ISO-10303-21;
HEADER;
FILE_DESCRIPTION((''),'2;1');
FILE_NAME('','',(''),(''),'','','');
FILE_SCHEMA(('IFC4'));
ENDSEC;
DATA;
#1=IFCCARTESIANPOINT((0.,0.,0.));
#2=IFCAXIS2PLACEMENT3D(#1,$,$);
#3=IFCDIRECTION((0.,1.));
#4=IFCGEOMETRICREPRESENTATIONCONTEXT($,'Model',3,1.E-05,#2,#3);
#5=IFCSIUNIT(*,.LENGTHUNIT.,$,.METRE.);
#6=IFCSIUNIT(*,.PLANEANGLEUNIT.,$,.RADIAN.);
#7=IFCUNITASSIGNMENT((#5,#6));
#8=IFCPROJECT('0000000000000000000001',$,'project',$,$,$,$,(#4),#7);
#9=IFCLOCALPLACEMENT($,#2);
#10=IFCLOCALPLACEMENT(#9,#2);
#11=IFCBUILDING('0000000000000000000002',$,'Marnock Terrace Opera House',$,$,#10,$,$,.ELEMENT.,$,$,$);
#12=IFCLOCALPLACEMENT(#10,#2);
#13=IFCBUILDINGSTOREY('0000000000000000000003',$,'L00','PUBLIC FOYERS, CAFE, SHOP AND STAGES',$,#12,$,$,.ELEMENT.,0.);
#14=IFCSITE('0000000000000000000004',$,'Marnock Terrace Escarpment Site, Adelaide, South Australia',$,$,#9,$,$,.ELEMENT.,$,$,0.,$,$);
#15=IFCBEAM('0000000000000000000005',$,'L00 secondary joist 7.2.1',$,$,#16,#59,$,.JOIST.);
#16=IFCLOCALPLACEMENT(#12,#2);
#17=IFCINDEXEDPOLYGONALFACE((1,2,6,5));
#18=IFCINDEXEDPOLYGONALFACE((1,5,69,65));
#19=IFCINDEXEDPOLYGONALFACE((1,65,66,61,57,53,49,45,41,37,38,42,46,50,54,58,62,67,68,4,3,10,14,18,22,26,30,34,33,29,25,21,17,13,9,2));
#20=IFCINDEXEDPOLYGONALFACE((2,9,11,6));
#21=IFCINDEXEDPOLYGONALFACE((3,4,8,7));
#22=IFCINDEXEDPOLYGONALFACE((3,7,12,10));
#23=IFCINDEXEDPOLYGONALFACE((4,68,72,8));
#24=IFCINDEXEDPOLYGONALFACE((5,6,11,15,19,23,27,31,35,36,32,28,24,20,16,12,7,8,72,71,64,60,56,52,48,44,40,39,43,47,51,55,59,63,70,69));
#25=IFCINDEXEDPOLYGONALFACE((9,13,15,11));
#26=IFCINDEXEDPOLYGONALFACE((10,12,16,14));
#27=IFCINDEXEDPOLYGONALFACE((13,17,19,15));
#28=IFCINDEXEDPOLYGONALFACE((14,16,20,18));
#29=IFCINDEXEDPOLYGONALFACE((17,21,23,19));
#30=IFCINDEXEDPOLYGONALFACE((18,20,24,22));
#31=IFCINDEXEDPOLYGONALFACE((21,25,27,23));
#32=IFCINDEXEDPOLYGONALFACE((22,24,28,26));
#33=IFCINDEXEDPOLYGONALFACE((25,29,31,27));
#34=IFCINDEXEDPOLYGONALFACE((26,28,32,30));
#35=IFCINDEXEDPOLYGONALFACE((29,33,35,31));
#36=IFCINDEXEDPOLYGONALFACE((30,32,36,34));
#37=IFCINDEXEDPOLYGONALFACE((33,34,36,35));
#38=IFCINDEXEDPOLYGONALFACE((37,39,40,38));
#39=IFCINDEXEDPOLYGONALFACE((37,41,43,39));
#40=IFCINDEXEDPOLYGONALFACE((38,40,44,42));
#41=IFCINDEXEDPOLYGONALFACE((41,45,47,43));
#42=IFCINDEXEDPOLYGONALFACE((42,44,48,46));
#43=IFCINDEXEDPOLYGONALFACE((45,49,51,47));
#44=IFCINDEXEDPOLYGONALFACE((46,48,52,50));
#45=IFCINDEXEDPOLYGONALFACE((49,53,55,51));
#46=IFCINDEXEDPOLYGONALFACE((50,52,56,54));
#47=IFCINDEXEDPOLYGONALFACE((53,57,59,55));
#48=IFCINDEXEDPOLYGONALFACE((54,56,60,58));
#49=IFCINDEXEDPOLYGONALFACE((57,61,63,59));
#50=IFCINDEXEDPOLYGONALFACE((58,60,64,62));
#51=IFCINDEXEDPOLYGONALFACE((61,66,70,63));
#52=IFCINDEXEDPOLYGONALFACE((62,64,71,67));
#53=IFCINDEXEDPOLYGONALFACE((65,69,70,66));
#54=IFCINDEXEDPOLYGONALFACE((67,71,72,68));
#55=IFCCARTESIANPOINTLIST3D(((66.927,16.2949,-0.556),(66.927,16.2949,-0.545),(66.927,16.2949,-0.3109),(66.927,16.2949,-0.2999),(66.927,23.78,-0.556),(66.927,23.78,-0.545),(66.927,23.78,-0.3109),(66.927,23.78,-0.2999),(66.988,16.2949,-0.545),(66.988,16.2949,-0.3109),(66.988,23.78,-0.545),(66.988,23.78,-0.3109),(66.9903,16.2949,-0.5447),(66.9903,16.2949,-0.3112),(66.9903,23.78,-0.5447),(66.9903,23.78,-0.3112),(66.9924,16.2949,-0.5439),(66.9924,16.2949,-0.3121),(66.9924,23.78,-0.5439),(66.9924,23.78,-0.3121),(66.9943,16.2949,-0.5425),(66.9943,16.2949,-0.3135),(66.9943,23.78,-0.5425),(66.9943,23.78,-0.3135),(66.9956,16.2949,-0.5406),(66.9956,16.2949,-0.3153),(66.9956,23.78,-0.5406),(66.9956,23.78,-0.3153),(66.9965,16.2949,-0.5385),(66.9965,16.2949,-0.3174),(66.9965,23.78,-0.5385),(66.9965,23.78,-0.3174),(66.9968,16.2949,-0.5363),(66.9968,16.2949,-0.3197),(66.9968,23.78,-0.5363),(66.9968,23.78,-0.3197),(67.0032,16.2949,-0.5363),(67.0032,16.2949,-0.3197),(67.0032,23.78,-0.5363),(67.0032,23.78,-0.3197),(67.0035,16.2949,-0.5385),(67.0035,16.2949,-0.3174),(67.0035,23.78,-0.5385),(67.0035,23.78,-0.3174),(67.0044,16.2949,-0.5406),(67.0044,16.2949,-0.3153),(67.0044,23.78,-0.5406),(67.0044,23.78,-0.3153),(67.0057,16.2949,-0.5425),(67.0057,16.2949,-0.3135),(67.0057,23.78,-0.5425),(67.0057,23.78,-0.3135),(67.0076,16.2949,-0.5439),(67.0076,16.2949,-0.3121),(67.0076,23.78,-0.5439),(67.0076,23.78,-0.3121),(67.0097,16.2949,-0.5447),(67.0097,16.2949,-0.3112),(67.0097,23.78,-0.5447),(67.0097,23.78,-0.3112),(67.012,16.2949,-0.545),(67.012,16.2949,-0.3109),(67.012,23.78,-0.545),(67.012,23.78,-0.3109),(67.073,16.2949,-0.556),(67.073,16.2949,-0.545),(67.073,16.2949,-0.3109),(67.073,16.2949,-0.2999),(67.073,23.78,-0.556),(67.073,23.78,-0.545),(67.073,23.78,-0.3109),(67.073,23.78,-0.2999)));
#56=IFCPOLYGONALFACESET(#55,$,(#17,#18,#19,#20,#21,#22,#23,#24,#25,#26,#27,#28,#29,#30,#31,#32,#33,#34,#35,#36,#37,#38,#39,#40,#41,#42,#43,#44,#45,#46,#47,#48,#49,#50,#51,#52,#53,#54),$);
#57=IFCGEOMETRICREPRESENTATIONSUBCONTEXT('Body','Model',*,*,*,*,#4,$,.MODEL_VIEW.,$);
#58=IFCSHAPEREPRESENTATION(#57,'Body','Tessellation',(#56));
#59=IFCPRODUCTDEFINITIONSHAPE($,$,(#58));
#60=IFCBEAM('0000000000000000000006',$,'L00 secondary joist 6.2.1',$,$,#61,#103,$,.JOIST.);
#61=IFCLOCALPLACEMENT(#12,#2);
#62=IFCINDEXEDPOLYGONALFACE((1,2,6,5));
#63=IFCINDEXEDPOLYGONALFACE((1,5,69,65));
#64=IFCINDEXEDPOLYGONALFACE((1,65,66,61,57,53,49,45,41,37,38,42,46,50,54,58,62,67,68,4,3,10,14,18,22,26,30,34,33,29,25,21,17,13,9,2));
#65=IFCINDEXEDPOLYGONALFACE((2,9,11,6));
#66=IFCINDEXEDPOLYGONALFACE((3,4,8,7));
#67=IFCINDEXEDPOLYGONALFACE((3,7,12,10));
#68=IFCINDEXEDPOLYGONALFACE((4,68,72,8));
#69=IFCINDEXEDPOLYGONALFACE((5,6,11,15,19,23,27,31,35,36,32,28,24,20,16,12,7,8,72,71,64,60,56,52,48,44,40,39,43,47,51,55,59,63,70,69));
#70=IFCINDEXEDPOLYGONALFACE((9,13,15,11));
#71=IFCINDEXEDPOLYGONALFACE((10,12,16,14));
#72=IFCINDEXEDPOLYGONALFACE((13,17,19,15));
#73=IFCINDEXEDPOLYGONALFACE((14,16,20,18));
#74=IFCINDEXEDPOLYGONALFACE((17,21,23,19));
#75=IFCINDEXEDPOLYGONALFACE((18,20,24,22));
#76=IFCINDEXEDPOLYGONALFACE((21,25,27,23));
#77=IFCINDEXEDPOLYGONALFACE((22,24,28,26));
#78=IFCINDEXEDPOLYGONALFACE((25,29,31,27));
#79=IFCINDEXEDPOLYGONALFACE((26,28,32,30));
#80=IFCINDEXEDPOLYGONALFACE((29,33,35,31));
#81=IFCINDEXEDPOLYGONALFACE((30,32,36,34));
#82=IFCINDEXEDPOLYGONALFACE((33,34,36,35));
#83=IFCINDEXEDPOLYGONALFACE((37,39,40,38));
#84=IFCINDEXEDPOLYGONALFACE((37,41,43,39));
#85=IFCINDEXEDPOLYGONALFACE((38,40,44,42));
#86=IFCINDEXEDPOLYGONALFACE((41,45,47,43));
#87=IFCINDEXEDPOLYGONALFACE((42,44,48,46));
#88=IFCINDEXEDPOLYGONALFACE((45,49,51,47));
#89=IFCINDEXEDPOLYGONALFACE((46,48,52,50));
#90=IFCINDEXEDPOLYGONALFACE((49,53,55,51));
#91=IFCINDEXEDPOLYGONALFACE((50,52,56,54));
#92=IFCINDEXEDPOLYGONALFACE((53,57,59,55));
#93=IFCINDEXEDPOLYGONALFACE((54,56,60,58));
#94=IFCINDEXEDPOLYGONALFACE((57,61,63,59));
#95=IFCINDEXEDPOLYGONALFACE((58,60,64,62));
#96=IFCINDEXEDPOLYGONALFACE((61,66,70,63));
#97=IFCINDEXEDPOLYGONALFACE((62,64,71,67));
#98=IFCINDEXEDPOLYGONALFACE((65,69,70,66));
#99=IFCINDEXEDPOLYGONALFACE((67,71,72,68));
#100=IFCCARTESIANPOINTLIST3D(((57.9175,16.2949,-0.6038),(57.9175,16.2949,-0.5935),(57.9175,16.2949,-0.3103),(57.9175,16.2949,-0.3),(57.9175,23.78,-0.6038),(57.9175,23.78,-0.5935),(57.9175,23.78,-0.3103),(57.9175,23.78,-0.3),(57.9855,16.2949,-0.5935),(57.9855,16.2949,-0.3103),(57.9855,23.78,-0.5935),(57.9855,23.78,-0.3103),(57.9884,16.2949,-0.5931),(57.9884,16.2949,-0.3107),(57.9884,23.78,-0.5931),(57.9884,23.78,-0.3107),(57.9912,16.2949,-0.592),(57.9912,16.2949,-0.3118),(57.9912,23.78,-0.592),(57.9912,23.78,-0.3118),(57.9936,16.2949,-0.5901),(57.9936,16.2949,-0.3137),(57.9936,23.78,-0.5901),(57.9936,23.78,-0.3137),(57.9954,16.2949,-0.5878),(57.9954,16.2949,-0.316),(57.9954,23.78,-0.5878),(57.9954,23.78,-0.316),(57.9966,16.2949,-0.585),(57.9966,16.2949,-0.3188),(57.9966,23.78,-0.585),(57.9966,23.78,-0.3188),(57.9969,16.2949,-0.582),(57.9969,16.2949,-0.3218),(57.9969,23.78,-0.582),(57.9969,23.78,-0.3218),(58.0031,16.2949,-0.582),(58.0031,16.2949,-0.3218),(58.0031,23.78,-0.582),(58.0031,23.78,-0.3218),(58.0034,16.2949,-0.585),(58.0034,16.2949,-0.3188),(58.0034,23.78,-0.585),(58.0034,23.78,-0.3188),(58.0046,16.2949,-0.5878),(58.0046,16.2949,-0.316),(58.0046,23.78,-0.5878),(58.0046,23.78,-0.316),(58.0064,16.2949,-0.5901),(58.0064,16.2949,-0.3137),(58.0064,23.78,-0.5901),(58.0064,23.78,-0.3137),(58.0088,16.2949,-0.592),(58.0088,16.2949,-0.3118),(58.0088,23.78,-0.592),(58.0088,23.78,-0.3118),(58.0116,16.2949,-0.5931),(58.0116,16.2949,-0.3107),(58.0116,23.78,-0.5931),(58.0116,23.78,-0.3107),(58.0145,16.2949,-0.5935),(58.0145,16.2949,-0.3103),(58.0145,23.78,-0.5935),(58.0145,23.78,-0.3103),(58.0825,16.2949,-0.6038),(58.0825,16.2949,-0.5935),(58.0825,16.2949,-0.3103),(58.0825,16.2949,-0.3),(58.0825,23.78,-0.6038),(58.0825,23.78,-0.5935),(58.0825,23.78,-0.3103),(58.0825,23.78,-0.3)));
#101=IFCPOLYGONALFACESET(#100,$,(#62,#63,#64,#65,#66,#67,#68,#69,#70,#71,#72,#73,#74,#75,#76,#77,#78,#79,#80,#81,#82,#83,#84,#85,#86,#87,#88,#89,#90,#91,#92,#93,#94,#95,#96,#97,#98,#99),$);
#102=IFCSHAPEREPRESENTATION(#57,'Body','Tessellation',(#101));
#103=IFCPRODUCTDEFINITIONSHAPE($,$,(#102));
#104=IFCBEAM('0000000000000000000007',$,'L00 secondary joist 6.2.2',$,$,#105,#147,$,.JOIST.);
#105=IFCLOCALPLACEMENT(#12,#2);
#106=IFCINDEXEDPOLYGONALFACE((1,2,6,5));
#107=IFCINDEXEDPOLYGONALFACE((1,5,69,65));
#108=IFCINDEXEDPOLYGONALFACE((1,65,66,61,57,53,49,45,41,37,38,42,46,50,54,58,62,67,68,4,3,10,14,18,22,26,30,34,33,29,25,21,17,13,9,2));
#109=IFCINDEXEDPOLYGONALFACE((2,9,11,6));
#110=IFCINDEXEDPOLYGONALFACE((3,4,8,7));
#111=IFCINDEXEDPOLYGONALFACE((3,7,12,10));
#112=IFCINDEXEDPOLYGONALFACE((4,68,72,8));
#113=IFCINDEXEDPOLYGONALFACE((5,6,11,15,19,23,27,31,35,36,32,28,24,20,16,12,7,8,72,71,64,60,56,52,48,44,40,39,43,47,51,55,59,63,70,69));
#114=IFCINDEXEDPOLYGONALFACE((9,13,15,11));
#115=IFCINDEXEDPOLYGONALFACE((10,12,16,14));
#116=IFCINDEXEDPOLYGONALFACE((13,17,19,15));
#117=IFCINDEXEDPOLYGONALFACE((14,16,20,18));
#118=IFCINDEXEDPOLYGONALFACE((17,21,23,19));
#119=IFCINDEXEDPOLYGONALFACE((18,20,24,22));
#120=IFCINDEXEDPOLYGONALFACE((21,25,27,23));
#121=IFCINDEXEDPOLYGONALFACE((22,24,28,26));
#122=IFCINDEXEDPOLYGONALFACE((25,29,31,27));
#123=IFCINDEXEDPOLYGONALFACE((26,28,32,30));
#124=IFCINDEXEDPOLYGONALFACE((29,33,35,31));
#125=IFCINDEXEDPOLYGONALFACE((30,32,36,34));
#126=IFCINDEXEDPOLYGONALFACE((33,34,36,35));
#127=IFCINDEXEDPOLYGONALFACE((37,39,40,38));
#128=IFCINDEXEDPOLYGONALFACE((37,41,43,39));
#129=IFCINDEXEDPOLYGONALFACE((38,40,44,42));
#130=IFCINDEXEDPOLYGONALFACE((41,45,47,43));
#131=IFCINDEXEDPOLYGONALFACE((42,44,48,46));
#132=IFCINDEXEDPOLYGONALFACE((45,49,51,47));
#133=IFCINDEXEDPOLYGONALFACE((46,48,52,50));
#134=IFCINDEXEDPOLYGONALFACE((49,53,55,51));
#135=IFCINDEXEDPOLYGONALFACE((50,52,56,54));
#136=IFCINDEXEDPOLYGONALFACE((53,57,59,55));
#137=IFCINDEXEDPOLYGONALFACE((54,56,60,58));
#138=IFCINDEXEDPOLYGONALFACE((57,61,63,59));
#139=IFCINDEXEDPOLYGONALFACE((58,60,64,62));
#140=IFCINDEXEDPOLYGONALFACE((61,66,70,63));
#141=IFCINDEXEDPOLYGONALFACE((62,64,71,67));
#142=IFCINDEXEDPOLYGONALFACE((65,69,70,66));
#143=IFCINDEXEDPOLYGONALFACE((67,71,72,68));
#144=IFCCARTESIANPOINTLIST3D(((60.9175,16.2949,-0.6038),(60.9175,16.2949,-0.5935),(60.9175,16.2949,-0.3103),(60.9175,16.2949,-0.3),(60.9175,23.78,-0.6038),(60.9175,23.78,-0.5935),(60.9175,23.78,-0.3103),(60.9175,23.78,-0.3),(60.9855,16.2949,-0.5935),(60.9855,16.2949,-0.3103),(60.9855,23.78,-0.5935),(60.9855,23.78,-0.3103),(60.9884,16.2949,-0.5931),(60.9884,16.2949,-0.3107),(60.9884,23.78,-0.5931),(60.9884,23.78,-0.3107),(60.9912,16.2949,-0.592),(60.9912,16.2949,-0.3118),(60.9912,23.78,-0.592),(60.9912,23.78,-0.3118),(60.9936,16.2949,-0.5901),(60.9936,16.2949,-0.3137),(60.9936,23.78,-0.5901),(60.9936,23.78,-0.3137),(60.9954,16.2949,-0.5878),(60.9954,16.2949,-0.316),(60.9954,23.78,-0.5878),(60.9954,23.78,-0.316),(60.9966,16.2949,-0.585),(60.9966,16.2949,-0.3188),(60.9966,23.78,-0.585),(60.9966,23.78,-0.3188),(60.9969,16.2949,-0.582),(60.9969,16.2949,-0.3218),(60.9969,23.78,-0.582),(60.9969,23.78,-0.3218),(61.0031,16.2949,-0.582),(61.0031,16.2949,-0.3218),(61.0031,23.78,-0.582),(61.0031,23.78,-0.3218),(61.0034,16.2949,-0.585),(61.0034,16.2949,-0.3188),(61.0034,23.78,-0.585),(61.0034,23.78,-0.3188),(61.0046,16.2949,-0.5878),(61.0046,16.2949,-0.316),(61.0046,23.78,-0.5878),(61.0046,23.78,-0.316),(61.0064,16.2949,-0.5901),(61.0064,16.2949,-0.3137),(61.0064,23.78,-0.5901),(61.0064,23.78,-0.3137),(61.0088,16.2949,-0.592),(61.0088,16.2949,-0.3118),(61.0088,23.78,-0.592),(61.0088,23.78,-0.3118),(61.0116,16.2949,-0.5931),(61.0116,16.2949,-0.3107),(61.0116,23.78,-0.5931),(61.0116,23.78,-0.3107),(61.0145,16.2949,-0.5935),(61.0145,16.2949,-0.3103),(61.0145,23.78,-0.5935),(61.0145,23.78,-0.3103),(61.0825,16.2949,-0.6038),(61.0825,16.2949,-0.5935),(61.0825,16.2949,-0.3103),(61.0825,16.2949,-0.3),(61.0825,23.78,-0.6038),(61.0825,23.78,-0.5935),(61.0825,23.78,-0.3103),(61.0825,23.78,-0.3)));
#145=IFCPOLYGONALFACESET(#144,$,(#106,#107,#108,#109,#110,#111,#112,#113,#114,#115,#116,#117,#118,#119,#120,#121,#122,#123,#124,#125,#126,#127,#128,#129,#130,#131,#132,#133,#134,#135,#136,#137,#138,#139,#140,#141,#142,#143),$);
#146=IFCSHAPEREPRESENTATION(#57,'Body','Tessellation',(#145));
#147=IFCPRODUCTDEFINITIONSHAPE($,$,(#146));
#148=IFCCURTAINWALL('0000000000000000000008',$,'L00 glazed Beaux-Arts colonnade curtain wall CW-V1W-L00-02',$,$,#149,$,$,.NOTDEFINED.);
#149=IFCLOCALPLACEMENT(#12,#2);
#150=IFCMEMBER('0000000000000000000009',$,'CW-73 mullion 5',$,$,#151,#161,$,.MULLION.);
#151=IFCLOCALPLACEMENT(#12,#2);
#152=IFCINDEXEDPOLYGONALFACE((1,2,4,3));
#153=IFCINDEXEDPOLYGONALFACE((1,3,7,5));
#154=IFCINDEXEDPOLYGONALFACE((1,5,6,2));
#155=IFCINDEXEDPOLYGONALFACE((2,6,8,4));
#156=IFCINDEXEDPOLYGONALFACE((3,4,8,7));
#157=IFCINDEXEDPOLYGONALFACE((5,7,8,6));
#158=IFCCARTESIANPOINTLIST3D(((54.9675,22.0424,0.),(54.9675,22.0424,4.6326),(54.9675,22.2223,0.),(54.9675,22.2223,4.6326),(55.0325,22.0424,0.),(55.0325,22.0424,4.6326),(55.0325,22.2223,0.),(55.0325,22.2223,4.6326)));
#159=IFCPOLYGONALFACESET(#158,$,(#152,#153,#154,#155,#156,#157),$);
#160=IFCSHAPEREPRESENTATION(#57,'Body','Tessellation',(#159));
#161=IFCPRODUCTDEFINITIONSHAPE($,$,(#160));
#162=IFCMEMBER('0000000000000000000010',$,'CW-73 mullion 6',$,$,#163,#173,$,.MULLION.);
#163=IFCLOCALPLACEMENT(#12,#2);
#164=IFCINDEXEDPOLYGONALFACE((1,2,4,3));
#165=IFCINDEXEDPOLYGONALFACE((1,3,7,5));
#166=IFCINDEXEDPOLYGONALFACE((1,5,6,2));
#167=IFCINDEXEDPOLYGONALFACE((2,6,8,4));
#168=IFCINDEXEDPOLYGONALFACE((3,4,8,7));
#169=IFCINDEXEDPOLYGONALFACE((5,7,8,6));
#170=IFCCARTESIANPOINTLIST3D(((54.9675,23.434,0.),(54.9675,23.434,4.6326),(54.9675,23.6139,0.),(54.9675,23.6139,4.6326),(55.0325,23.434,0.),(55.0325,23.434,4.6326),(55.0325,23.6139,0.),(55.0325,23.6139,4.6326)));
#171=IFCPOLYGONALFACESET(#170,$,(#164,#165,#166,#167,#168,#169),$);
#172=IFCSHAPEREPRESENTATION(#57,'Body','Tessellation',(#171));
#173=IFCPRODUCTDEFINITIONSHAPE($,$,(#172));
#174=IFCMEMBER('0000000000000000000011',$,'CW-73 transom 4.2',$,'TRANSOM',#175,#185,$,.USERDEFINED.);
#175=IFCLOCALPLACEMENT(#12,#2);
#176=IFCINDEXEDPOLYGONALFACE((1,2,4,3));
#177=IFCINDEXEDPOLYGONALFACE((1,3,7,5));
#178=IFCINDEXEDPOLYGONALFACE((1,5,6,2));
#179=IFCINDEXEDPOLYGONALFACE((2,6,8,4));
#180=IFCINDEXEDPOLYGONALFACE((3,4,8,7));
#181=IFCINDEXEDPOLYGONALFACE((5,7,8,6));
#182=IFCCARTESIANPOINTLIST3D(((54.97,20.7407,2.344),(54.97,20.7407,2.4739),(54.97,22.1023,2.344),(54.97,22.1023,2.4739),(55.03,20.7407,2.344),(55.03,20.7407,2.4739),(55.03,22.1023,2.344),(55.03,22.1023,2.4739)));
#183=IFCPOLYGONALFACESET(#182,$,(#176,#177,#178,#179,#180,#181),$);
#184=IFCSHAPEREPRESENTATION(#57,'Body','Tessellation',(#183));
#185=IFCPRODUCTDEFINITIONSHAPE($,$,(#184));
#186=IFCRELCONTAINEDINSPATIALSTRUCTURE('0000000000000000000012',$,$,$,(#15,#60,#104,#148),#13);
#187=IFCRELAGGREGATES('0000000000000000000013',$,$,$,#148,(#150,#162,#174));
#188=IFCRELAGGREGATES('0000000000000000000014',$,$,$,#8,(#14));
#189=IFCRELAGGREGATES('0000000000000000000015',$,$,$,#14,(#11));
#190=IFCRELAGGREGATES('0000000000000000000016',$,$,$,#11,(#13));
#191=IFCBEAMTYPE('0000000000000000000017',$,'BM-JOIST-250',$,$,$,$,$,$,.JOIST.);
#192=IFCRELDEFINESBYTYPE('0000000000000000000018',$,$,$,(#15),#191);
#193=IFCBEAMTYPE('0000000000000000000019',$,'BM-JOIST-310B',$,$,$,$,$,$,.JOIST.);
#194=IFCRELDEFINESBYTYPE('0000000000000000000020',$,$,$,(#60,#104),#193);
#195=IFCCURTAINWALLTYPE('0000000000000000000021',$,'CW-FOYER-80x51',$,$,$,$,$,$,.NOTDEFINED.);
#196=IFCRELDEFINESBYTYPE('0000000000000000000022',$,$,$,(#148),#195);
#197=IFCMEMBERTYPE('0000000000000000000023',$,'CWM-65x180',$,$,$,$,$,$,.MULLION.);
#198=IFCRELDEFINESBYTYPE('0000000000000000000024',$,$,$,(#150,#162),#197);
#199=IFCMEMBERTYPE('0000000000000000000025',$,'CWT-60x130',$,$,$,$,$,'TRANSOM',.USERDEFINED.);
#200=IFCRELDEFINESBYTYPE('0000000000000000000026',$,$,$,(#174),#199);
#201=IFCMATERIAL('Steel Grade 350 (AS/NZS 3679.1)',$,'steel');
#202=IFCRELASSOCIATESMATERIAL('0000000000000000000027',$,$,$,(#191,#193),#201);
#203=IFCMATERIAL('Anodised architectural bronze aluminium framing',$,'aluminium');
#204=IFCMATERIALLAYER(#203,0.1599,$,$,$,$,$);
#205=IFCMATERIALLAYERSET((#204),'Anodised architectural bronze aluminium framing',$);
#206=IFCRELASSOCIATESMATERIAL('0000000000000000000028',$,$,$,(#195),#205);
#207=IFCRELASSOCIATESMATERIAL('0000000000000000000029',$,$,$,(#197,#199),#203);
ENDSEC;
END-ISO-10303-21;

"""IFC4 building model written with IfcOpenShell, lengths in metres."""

from ifc_helpers import new_model, si_unit, direction, frame, origin, origin_2d, place, context, subcontext, project, spatial, rectangle, i_section, extrude, material, layer, layer_set, material_profile, profile_set, type_object, element, aggregate, save


model = new_model("IFC4")

# Units and contexts
model_context = context("Model", 3, precision=1e-05, world=origin(), true_north=direction((0.0, 1.0)))
body_context = subcontext(model_context, "Body", "Model", "MODEL_VIEW")
ifc_project = project(units=[si_unit("LENGTHUNIT", "METRE"), si_unit("PLANEANGLEUNIT", "RADIAN")], contexts=[model_context])

# Site, building, storey
site_placement = place(None, origin())
site = spatial("IfcSite", under=ifc_project, at=site_placement, Name="Marnock Terrace Escarpment Site, Adelaide, South Australia", CompositionType="ELEMENT", RefElevation=0.0)
building_placement = place(site_placement, origin())
building = spatial("IfcBuilding", under=site, at=building_placement, Name="Marnock Terrace Opera House", CompositionType="ELEMENT")
storey_placement = place(building_placement, origin())
storey = spatial("IfcBuildingStorey", under=building, at=storey_placement, Name="L00", Description="PUBLIC FOYERS, CAFE, SHOP AND STAGES", CompositionType="ELEMENT", Elevation=0.0)

# Shared definitions
ifc_material_1 = material(Name="Steel Grade 350 (AS/NZS 3679.1)", Category="steel")

# Beams
ifc_material_profile_1 = material_profile(ifc_material_1, i_section(OverallWidth=0.146, OverallDepth=0.2561, WebThickness=0.0063, FlangeThickness=0.011, FilletRadius=0.0088, at=origin_2d()))
ifc_profile_set_1 = profile_set([ifc_material_profile_1], Name="Steel Grade 350 (AS/NZS 3679.1)")
beam_type_1 = type_object("IfcBeamType", Name="BM-JOIST-250", PredefinedType="JOIST", material=ifc_profile_set_1)
beam_1_placement = place(storey_placement, frame((67.0, 16.2949, -0.428), z_axis=(0.0, 1.0, 0.0), x_axis=(-1.0, 0.0, 0.0)))
element("IfcBeam", 1, at=beam_1_placement, inside=storey, type_object=beam_type_1, Name="L00 secondary joist 7.2.1", PredefinedType="JOIST", context=body_context, shape_type="SweptSolid", body=[
    extrude(i_section(OverallWidth=0.146, OverallDepth=0.2561, WebThickness=0.0063, FlangeThickness=0.011, FilletRadius=0.0088, at=origin_2d()), origin(), (0.0, 0.0, 1.0), 7.4851),
])
ifc_material_profile_2 = material_profile(ifc_material_1, i_section(OverallWidth=0.165, OverallDepth=0.3037, WebThickness=0.0061, FlangeThickness=0.0103, FilletRadius=0.0115, at=origin_2d()))
ifc_profile_set_2 = profile_set([ifc_material_profile_2], Name="Steel Grade 350 (AS/NZS 3679.1)")
beam_type_2 = type_object("IfcBeamType", Name="BM-JOIST-310B", PredefinedType="JOIST", material=ifc_profile_set_2)
for number, where, z_axis, x_axis, name in (
    (2, (58.0, 16.2949, -0.4519), (0.0, 1.0, 0.0), (-1.0, 0.0, 0.0), "L00 secondary joist 6.2.1"),
    (3, (61.0, 16.2949, -0.4519), (0.0, 1.0, 0.0), (-1.0, 0.0, 0.0), "L00 secondary joist 6.2.2"),
):
    element("IfcBeam", number, at=place(storey_placement, frame(where, z_axis=z_axis, x_axis=x_axis)), inside=storey, type_object=beam_type_2, Name=name, PredefinedType="JOIST", context=body_context, shape_type="SweptSolid", body=[
        extrude(i_section(OverallWidth=0.165, OverallDepth=0.3037, WebThickness=0.0061, FlangeThickness=0.0103, FilletRadius=0.0115, at=origin_2d()), origin(), (0.0, 0.0, 1.0), 7.4851),
    ])

# Curtain wall, members
ifc_material_2 = material(Name="Anodised architectural bronze aluminium framing", Category="aluminium")
ifc_layer_1 = layer(ifc_material_2, 0.1599)
ifc_layer_set_1 = layer_set([ifc_layer_1], Name="Anodised architectural bronze aluminium framing")
curtain_wall_type = type_object("IfcCurtainWallType", Name="CW-FOYER-80x51", PredefinedType="NOTDEFINED", material=ifc_layer_set_1)
curtain_wall_placement = place(storey_placement, origin())
curtain_wall = element("IfcCurtainWall", 4, at=curtain_wall_placement, inside=storey, type_object=curtain_wall_type, Name="L00 glazed Beaux-Arts colonnade curtain wall CW-V1W-L00-02", PredefinedType="NOTDEFINED")
ifc_material_profile_3 = material_profile(ifc_material_2, rectangle(XDim=0.0649, YDim=0.1799, at=origin_2d()))
ifc_profile_set_3 = profile_set([ifc_material_profile_3], Name="Anodised architectural bronze aluminium framing")
member_type_1 = type_object("IfcMemberType", Name="CWM-65x180", PredefinedType="MULLION", material=ifc_profile_set_3)
member_1_placement = place(storey_placement, frame((55.0, 22.1323, 0.0), z_axis=(0.0, 0.0, 1.0), x_axis=(-1.0, 0.0, 0.0)))
member_1 = element("IfcMember", 5, at=member_1_placement, type_object=member_type_1, Name="CW-73 mullion 5", PredefinedType="MULLION", context=body_context, shape_type="SweptSolid", body=[
    extrude(rectangle(XDim=0.0649, YDim=0.1799, at=origin_2d()), origin(), (0.0, 0.0, 1.0), 4.6326),
])
member_2_placement = place(storey_placement, frame((55.0, 23.5239, 0.0), z_axis=(0.0, 0.0, 1.0), x_axis=(-1.0, 0.0, 0.0)))
member_2 = element("IfcMember", 6, at=member_2_placement, type_object=member_type_1, Name="CW-73 mullion 6", PredefinedType="MULLION", context=body_context, shape_type="SweptSolid", body=[
    extrude(rectangle(XDim=0.0649, YDim=0.1799, at=origin_2d()), origin(), (0.0, 0.0, 1.0), 4.6326),
])
ifc_material_profile_4 = material_profile(ifc_material_2, rectangle(XDim=0.0601, YDim=0.1299, at=origin_2d()))
ifc_profile_set_4 = profile_set([ifc_material_profile_4], Name="Anodised architectural bronze aluminium framing")
member_type_2 = type_object("IfcMemberType", Name="CWT-60x130", ElementType="TRANSOM", PredefinedType="USERDEFINED", material=ifc_profile_set_4)
member_3_placement = place(storey_placement, frame((55.0, 20.7407, 2.4089), z_axis=(0.0, 1.0, 0.0), x_axis=(-1.0, 0.0, 0.0)))
member_3 = element("IfcMember", 7, at=member_3_placement, type_object=member_type_2, Name="CW-73 transom 4.2", ObjectType="TRANSOM", PredefinedType="USERDEFINED", context=body_context, shape_type="SweptSolid", body=[
    extrude(rectangle(XDim=0.0601, YDim=0.1299, at=origin_2d()), origin(), (0.0, 0.0, 1.0), 1.3616),
])
aggregate(curtain_wall, [member_1, member_2, member_3])

save(model, "model.ifc")
